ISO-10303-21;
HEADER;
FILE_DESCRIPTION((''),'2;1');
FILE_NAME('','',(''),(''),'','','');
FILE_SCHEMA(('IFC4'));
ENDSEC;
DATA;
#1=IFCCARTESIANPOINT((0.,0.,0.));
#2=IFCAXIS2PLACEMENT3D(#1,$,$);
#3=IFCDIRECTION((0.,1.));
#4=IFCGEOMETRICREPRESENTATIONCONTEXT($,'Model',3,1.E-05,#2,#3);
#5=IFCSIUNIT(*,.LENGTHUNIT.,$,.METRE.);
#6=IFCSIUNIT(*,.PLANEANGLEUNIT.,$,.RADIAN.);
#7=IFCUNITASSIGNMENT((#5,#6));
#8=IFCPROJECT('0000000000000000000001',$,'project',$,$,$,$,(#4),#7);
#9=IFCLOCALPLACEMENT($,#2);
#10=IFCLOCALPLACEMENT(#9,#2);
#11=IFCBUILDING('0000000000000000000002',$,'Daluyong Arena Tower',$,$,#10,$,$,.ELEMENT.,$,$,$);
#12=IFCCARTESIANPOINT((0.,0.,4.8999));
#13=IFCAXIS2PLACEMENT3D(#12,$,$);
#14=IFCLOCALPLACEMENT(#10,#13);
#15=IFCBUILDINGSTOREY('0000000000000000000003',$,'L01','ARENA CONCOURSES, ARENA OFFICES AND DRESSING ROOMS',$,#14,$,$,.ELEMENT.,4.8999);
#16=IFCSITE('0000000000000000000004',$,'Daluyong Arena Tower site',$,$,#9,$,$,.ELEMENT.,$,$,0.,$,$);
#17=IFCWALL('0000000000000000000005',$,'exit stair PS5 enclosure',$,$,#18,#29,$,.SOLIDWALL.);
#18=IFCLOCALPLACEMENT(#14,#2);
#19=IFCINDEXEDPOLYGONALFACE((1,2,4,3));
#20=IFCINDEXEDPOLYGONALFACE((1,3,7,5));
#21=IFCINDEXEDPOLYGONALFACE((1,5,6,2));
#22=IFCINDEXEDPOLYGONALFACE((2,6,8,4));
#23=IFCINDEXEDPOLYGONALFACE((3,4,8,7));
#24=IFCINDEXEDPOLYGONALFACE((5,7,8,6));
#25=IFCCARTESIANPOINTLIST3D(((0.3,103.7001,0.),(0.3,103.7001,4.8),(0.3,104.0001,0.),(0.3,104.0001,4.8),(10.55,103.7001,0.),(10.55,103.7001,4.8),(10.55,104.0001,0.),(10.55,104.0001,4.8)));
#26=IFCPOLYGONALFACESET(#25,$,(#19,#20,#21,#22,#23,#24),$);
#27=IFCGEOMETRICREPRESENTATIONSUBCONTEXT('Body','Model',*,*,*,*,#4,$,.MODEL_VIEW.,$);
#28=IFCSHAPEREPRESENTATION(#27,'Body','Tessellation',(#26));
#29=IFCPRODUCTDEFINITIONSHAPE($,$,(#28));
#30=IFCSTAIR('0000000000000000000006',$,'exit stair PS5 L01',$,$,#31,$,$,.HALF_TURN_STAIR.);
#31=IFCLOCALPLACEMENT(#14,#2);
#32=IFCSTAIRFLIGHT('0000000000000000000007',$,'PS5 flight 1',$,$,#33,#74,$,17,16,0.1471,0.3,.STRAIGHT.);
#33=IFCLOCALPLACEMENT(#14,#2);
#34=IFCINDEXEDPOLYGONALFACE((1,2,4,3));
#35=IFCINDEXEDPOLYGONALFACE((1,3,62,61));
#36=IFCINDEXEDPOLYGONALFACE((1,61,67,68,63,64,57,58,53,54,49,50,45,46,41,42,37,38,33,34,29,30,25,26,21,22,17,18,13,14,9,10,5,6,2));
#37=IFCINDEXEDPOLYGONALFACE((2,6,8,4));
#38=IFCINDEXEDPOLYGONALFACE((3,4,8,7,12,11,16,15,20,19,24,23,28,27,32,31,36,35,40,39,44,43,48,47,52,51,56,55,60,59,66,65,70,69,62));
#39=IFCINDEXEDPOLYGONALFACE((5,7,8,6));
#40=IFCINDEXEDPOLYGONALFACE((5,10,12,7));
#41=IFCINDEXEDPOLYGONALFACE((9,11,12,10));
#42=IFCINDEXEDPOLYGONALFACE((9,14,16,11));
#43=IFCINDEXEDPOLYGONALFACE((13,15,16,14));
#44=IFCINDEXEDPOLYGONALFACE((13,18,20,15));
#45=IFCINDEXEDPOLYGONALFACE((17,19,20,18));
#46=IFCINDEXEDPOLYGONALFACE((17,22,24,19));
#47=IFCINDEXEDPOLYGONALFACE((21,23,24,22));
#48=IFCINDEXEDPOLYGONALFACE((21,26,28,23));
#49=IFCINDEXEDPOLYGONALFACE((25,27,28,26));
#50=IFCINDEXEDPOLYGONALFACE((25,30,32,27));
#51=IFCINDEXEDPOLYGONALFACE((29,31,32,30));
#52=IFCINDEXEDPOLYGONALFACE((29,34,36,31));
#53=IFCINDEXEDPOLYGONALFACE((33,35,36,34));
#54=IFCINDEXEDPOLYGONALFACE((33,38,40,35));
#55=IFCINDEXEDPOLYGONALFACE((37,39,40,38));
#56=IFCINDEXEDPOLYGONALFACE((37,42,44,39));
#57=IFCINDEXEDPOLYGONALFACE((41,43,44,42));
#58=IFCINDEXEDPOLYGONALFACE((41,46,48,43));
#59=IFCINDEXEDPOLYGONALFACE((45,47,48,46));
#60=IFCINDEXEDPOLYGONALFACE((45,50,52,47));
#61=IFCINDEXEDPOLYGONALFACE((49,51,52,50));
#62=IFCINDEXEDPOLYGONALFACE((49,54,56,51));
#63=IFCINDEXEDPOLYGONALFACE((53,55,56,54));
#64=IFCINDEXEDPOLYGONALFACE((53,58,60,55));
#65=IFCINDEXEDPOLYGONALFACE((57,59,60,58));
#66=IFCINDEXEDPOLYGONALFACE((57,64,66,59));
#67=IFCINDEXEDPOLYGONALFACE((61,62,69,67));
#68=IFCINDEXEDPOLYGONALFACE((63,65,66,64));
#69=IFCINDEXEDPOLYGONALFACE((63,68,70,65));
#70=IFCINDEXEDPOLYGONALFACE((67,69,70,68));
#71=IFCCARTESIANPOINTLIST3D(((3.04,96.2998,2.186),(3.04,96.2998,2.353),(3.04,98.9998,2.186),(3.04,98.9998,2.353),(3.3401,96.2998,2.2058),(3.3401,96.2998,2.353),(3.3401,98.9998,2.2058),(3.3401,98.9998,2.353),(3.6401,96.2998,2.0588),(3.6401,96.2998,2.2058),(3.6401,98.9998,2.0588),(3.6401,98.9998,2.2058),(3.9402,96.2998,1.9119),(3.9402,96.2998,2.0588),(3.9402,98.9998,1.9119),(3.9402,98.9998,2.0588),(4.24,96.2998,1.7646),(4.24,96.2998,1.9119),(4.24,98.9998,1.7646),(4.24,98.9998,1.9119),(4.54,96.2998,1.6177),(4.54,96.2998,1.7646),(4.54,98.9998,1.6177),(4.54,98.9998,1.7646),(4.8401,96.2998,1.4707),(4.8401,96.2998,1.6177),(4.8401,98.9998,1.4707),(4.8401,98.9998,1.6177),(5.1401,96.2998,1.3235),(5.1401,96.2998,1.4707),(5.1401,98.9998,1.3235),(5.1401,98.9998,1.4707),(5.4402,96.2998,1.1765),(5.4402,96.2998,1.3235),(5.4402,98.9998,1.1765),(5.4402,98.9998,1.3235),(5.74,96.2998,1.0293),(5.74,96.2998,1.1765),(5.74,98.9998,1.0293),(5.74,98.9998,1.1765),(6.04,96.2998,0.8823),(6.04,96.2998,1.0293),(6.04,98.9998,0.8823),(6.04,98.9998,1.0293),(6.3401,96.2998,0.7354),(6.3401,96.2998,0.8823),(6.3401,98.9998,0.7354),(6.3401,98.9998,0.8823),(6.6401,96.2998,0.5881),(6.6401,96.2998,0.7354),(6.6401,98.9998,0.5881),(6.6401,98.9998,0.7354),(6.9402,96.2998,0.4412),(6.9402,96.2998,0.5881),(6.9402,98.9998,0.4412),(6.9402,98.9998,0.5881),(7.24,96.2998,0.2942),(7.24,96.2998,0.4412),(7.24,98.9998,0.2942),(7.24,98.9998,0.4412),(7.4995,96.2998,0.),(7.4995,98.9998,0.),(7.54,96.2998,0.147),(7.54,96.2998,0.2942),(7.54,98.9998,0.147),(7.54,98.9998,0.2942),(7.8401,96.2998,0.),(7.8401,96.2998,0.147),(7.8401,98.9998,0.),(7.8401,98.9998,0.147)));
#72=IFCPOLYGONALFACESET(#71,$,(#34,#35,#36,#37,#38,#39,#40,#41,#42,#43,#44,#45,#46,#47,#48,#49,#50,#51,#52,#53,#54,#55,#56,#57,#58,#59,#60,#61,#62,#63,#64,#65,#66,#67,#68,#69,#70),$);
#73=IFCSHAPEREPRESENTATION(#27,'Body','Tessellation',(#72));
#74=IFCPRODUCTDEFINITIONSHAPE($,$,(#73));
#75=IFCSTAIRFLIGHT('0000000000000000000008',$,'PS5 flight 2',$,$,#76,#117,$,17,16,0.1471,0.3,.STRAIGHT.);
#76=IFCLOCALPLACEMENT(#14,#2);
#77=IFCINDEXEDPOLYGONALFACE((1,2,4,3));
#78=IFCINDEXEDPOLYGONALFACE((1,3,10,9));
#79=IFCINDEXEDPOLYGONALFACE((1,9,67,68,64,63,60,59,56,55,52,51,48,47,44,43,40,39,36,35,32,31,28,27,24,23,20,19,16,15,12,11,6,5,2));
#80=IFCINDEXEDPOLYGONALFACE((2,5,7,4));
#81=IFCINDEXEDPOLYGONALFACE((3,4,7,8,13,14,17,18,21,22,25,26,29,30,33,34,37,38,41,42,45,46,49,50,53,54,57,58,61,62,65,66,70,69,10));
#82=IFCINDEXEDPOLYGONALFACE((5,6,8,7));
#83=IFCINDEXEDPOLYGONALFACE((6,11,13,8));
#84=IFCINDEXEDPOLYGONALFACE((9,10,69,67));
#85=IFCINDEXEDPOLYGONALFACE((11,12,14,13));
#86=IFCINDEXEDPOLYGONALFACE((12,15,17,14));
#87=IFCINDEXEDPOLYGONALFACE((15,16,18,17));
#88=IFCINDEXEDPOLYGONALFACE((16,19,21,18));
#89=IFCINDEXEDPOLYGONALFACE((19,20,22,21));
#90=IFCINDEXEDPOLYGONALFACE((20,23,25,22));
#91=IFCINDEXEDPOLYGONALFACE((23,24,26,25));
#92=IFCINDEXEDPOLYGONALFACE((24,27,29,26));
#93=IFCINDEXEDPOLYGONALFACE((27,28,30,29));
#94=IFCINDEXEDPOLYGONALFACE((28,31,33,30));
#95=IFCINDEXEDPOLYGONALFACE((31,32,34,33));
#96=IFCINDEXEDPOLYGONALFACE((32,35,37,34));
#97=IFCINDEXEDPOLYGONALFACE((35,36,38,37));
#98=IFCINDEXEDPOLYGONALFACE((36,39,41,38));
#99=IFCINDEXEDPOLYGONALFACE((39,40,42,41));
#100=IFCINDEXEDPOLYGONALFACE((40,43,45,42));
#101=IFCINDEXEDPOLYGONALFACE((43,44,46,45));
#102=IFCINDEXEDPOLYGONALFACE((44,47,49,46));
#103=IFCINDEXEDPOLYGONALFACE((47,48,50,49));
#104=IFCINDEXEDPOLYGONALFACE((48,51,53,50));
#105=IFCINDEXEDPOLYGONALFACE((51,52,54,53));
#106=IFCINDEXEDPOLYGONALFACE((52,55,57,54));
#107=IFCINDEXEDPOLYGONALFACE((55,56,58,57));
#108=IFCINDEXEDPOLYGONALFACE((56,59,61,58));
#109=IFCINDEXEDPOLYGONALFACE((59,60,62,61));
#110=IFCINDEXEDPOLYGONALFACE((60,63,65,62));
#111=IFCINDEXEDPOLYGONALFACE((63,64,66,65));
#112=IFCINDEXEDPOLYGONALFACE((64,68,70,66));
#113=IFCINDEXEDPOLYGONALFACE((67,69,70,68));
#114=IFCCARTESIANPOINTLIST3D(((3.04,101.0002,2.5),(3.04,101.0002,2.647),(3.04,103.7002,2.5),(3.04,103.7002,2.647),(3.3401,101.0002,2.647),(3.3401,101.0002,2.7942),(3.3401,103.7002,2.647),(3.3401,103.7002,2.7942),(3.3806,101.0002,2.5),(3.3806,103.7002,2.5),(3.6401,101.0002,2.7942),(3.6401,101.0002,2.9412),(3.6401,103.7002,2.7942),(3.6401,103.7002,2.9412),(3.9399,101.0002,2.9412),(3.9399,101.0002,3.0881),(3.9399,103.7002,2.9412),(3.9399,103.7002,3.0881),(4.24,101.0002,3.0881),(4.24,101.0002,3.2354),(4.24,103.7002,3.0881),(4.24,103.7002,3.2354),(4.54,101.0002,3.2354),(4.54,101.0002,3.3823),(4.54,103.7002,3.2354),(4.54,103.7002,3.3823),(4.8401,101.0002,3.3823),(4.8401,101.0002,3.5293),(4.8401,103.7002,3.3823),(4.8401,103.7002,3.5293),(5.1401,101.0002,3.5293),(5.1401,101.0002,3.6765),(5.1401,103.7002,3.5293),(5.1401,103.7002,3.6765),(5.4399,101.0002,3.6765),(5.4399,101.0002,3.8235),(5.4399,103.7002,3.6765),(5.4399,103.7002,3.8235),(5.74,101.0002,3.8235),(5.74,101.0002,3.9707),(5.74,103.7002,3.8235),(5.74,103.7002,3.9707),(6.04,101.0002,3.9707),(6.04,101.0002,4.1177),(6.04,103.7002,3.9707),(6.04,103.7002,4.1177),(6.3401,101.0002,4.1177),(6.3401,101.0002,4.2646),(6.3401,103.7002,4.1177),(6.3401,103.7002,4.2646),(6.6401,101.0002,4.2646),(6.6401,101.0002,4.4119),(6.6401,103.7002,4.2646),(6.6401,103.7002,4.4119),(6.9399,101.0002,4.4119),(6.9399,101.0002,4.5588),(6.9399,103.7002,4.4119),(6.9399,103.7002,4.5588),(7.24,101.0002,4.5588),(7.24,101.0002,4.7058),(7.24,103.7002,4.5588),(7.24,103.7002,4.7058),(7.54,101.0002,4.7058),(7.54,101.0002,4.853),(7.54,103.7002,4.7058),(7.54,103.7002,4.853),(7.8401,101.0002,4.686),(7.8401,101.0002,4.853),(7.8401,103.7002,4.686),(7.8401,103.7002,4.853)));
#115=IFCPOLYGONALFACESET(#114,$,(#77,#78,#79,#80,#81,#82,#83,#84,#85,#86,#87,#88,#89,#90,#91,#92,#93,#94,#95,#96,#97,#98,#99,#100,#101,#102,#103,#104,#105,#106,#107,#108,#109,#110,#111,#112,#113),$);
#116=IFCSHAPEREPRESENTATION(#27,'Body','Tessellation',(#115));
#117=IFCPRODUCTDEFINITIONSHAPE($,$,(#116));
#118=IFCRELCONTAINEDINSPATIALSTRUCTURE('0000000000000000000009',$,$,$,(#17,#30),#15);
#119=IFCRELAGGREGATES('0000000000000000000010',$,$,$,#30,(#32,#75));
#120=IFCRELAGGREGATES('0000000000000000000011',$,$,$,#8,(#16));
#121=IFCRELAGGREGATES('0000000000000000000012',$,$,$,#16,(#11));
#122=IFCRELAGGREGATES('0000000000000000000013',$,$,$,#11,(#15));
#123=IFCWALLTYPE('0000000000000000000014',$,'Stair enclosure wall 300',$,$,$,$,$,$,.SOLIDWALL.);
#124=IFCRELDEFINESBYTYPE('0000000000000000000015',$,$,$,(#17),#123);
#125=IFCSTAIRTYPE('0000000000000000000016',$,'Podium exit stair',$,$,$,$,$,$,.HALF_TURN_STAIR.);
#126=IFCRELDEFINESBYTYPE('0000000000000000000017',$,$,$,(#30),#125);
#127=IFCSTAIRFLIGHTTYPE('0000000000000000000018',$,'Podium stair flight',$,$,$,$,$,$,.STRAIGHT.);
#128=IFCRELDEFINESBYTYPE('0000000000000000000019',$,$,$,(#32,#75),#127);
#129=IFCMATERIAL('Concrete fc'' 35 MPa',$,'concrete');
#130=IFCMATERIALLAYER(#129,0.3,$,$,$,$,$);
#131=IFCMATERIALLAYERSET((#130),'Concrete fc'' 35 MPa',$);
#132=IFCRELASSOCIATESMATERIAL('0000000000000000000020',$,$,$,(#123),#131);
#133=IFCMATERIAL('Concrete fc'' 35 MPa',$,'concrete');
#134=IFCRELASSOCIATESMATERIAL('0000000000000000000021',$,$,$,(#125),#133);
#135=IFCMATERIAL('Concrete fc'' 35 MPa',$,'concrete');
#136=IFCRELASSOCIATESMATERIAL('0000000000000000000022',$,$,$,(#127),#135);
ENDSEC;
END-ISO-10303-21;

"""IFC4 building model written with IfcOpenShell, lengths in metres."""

from ifc_helpers import new_model, si_unit, direction, frame, frame_2d, origin, place, context, subcontext, project, spatial, polyline, rectangle, outline, extrude, material, layer, layer_set, type_object, element, aggregate, save


model = new_model("IFC4")

# Units and contexts
model_context = context("Model", 3, precision=1e-05, world=origin(), true_north=direction((0.0, 1.0)))
body_context = subcontext(model_context, "Body", "Model", "MODEL_VIEW")
ifc_project = project(units=[si_unit("LENGTHUNIT", "METRE"), si_unit("PLANEANGLEUNIT", "RADIAN")], contexts=[model_context])

# Site, building, storey
site_placement = place(None, origin())
site = spatial("IfcSite", under=ifc_project, at=site_placement, Name="Daluyong Arena Tower site", CompositionType="ELEMENT", RefElevation=0.0)
building_placement = place(site_placement, origin())
building = spatial("IfcBuilding", under=site, at=building_placement, Name="Daluyong Arena Tower", CompositionType="ELEMENT")
storey_placement = place(building_placement, frame((0.0, 0.0, 4.8999)))
storey = spatial("IfcBuildingStorey", under=building, at=storey_placement, Name="L01", Description="ARENA CONCOURSES, ARENA OFFICES AND DRESSING ROOMS", CompositionType="ELEMENT", Elevation=4.8999)

# Wall
ifc_material_1 = material(Name="Concrete fc' 35 MPa", Category="concrete")
ifc_layer = layer(ifc_material_1, 0.3)
ifc_layer_set = layer_set([ifc_layer], Name="Concrete fc' 35 MPa")
wall_type = type_object("IfcWallType", Name="Stair enclosure wall 300", PredefinedType="SOLIDWALL", material=ifc_layer_set)
wall_placement = place(storey_placement, frame((0.3, 103.8501, 0.0), z_axis=(0.0, 0.0, 1.0), x_axis=(1.0, 0.0, 0.0)))
element("IfcWall", 1, at=wall_placement, inside=storey, type_object=wall_type, Name="exit stair PS5 enclosure", PredefinedType="SOLIDWALL", context=body_context, shape_type="SweptSolid", body=[
    extrude(rectangle(XDim=10.25, YDim=0.3, at=frame_2d((5.125, 0.0))), origin(), (0.0, 0.0, 1.0), 4.8),
])

# Stair, stair flights
ifc_material_2 = material(Name="Concrete fc' 35 MPa", Category="concrete")
stair_type = type_object("IfcStairType", Name="Podium exit stair", PredefinedType="HALF_TURN_STAIR", material=ifc_material_2)
stair_placement = place(storey_placement, origin())
stair = element("IfcStair", 2, at=stair_placement, inside=storey, type_object=stair_type, Name="exit stair PS5 L01", PredefinedType="HALF_TURN_STAIR")
ifc_material_3 = material(Name="Concrete fc' 35 MPa", Category="concrete")
stair_flight_type = type_object("IfcStairFlightType", Name="Podium stair flight", PredefinedType="STRAIGHT", material=ifc_material_3)
stair_flight_1_placement = place(storey_placement, frame((7.8401, 97.6499, 0.0), z_axis=(0.0, 0.0, 1.0), x_axis=(-1.0, 0.0, 0.0)))
stair_flight_1 = element("IfcStairFlight", 3, at=stair_flight_1_placement, type_object=stair_flight_type, Name="PS5 flight 1", NumberOfRisers=17, NumberOfTreads=16, PredefinedType="STRAIGHT", RiserHeight=0.1471, TreadLength=0.3, context=body_context, shape_type="SweptSolid", body=[
    extrude(outline(polyline([(0.0, 0.0), (0.0, 0.147), (0.3, 0.147), (0.3, 0.2942), (0.6001, 0.2942), (0.6001, 0.4412), (0.8999, 0.4412), (0.8999, 0.5881), (1.2, 0.5881), (1.2, 0.7354), (1.5, 0.7354), (1.5, 0.8823), (1.8, 0.8823), (1.8, 1.0293), (2.1001, 1.0293), (2.1001, 1.1765), (2.3999, 1.1765), (2.3999, 1.3235), (2.7, 1.3235), (2.7, 1.4707), (3.0, 1.4707), (3.0, 1.6177), (3.3, 1.6177), (3.3, 1.7646), (3.6001, 1.7646), (3.6001, 1.9119), (3.8999, 1.9119), (3.8999, 2.0588), (4.2, 2.0588), (4.2, 2.2058), (4.5, 2.2058), (4.5, 2.353), (4.8, 2.353), (4.8, 2.5), (4.8, 2.186), (0.3406, 0.0), (0.0, 0.0)])), frame((0.0, 1.3501, 0.0), z_axis=(0.0, -1.0, 0.0), x_axis=(1.0, 0.0, 0.0)), (0.0, 0.0, 1.0), 2.7),
])
stair_flight_2_placement = place(storey_placement, frame((3.04, 102.3501, 2.5), z_axis=(0.0, 0.0, 1.0), x_axis=(1.0, 0.0, 0.0)))
stair_flight_2 = element("IfcStairFlight", 4, at=stair_flight_2_placement, type_object=stair_flight_type, Name="PS5 flight 2", NumberOfRisers=17, NumberOfTreads=16, PredefinedType="STRAIGHT", RiserHeight=0.1471, TreadLength=0.3, context=body_context, shape_type="SweptSolid", body=[
    extrude(outline(polyline([(0.0, 0.0), (0.0, 0.147), (0.3, 0.147), (0.3, 0.2942), (0.6001, 0.2942), (0.6001, 0.4412), (0.8999, 0.4412), (0.8999, 0.5881), (1.2, 0.5881), (1.2, 0.7354), (1.5, 0.7354), (1.5, 0.8823), (1.8, 0.8823), (1.8, 1.0293), (2.1001, 1.0293), (2.1001, 1.1765), (2.3999, 1.1765), (2.3999, 1.3235), (2.7, 1.3235), (2.7, 1.4707), (3.0, 1.4707), (3.0, 1.6177), (3.3, 1.6177), (3.3, 1.7646), (3.6001, 1.7646), (3.6001, 1.9119), (3.8999, 1.9119), (3.8999, 2.0588), (4.2, 2.0588), (4.2, 2.2058), (4.5, 2.2058), (4.5, 2.353), (4.8, 2.353), (4.8, 2.5), (4.8, 2.186), (0.3406, 0.0), (0.0, 0.0)])), frame((0.0, 1.3501, 0.0), z_axis=(0.0, -1.0, 0.0), x_axis=(1.0, 0.0, 0.0)), (0.0, 0.0, 1.0), 2.7),
])
aggregate(stair, [stair_flight_1, stair_flight_2])

save(model, "model.ifc")
